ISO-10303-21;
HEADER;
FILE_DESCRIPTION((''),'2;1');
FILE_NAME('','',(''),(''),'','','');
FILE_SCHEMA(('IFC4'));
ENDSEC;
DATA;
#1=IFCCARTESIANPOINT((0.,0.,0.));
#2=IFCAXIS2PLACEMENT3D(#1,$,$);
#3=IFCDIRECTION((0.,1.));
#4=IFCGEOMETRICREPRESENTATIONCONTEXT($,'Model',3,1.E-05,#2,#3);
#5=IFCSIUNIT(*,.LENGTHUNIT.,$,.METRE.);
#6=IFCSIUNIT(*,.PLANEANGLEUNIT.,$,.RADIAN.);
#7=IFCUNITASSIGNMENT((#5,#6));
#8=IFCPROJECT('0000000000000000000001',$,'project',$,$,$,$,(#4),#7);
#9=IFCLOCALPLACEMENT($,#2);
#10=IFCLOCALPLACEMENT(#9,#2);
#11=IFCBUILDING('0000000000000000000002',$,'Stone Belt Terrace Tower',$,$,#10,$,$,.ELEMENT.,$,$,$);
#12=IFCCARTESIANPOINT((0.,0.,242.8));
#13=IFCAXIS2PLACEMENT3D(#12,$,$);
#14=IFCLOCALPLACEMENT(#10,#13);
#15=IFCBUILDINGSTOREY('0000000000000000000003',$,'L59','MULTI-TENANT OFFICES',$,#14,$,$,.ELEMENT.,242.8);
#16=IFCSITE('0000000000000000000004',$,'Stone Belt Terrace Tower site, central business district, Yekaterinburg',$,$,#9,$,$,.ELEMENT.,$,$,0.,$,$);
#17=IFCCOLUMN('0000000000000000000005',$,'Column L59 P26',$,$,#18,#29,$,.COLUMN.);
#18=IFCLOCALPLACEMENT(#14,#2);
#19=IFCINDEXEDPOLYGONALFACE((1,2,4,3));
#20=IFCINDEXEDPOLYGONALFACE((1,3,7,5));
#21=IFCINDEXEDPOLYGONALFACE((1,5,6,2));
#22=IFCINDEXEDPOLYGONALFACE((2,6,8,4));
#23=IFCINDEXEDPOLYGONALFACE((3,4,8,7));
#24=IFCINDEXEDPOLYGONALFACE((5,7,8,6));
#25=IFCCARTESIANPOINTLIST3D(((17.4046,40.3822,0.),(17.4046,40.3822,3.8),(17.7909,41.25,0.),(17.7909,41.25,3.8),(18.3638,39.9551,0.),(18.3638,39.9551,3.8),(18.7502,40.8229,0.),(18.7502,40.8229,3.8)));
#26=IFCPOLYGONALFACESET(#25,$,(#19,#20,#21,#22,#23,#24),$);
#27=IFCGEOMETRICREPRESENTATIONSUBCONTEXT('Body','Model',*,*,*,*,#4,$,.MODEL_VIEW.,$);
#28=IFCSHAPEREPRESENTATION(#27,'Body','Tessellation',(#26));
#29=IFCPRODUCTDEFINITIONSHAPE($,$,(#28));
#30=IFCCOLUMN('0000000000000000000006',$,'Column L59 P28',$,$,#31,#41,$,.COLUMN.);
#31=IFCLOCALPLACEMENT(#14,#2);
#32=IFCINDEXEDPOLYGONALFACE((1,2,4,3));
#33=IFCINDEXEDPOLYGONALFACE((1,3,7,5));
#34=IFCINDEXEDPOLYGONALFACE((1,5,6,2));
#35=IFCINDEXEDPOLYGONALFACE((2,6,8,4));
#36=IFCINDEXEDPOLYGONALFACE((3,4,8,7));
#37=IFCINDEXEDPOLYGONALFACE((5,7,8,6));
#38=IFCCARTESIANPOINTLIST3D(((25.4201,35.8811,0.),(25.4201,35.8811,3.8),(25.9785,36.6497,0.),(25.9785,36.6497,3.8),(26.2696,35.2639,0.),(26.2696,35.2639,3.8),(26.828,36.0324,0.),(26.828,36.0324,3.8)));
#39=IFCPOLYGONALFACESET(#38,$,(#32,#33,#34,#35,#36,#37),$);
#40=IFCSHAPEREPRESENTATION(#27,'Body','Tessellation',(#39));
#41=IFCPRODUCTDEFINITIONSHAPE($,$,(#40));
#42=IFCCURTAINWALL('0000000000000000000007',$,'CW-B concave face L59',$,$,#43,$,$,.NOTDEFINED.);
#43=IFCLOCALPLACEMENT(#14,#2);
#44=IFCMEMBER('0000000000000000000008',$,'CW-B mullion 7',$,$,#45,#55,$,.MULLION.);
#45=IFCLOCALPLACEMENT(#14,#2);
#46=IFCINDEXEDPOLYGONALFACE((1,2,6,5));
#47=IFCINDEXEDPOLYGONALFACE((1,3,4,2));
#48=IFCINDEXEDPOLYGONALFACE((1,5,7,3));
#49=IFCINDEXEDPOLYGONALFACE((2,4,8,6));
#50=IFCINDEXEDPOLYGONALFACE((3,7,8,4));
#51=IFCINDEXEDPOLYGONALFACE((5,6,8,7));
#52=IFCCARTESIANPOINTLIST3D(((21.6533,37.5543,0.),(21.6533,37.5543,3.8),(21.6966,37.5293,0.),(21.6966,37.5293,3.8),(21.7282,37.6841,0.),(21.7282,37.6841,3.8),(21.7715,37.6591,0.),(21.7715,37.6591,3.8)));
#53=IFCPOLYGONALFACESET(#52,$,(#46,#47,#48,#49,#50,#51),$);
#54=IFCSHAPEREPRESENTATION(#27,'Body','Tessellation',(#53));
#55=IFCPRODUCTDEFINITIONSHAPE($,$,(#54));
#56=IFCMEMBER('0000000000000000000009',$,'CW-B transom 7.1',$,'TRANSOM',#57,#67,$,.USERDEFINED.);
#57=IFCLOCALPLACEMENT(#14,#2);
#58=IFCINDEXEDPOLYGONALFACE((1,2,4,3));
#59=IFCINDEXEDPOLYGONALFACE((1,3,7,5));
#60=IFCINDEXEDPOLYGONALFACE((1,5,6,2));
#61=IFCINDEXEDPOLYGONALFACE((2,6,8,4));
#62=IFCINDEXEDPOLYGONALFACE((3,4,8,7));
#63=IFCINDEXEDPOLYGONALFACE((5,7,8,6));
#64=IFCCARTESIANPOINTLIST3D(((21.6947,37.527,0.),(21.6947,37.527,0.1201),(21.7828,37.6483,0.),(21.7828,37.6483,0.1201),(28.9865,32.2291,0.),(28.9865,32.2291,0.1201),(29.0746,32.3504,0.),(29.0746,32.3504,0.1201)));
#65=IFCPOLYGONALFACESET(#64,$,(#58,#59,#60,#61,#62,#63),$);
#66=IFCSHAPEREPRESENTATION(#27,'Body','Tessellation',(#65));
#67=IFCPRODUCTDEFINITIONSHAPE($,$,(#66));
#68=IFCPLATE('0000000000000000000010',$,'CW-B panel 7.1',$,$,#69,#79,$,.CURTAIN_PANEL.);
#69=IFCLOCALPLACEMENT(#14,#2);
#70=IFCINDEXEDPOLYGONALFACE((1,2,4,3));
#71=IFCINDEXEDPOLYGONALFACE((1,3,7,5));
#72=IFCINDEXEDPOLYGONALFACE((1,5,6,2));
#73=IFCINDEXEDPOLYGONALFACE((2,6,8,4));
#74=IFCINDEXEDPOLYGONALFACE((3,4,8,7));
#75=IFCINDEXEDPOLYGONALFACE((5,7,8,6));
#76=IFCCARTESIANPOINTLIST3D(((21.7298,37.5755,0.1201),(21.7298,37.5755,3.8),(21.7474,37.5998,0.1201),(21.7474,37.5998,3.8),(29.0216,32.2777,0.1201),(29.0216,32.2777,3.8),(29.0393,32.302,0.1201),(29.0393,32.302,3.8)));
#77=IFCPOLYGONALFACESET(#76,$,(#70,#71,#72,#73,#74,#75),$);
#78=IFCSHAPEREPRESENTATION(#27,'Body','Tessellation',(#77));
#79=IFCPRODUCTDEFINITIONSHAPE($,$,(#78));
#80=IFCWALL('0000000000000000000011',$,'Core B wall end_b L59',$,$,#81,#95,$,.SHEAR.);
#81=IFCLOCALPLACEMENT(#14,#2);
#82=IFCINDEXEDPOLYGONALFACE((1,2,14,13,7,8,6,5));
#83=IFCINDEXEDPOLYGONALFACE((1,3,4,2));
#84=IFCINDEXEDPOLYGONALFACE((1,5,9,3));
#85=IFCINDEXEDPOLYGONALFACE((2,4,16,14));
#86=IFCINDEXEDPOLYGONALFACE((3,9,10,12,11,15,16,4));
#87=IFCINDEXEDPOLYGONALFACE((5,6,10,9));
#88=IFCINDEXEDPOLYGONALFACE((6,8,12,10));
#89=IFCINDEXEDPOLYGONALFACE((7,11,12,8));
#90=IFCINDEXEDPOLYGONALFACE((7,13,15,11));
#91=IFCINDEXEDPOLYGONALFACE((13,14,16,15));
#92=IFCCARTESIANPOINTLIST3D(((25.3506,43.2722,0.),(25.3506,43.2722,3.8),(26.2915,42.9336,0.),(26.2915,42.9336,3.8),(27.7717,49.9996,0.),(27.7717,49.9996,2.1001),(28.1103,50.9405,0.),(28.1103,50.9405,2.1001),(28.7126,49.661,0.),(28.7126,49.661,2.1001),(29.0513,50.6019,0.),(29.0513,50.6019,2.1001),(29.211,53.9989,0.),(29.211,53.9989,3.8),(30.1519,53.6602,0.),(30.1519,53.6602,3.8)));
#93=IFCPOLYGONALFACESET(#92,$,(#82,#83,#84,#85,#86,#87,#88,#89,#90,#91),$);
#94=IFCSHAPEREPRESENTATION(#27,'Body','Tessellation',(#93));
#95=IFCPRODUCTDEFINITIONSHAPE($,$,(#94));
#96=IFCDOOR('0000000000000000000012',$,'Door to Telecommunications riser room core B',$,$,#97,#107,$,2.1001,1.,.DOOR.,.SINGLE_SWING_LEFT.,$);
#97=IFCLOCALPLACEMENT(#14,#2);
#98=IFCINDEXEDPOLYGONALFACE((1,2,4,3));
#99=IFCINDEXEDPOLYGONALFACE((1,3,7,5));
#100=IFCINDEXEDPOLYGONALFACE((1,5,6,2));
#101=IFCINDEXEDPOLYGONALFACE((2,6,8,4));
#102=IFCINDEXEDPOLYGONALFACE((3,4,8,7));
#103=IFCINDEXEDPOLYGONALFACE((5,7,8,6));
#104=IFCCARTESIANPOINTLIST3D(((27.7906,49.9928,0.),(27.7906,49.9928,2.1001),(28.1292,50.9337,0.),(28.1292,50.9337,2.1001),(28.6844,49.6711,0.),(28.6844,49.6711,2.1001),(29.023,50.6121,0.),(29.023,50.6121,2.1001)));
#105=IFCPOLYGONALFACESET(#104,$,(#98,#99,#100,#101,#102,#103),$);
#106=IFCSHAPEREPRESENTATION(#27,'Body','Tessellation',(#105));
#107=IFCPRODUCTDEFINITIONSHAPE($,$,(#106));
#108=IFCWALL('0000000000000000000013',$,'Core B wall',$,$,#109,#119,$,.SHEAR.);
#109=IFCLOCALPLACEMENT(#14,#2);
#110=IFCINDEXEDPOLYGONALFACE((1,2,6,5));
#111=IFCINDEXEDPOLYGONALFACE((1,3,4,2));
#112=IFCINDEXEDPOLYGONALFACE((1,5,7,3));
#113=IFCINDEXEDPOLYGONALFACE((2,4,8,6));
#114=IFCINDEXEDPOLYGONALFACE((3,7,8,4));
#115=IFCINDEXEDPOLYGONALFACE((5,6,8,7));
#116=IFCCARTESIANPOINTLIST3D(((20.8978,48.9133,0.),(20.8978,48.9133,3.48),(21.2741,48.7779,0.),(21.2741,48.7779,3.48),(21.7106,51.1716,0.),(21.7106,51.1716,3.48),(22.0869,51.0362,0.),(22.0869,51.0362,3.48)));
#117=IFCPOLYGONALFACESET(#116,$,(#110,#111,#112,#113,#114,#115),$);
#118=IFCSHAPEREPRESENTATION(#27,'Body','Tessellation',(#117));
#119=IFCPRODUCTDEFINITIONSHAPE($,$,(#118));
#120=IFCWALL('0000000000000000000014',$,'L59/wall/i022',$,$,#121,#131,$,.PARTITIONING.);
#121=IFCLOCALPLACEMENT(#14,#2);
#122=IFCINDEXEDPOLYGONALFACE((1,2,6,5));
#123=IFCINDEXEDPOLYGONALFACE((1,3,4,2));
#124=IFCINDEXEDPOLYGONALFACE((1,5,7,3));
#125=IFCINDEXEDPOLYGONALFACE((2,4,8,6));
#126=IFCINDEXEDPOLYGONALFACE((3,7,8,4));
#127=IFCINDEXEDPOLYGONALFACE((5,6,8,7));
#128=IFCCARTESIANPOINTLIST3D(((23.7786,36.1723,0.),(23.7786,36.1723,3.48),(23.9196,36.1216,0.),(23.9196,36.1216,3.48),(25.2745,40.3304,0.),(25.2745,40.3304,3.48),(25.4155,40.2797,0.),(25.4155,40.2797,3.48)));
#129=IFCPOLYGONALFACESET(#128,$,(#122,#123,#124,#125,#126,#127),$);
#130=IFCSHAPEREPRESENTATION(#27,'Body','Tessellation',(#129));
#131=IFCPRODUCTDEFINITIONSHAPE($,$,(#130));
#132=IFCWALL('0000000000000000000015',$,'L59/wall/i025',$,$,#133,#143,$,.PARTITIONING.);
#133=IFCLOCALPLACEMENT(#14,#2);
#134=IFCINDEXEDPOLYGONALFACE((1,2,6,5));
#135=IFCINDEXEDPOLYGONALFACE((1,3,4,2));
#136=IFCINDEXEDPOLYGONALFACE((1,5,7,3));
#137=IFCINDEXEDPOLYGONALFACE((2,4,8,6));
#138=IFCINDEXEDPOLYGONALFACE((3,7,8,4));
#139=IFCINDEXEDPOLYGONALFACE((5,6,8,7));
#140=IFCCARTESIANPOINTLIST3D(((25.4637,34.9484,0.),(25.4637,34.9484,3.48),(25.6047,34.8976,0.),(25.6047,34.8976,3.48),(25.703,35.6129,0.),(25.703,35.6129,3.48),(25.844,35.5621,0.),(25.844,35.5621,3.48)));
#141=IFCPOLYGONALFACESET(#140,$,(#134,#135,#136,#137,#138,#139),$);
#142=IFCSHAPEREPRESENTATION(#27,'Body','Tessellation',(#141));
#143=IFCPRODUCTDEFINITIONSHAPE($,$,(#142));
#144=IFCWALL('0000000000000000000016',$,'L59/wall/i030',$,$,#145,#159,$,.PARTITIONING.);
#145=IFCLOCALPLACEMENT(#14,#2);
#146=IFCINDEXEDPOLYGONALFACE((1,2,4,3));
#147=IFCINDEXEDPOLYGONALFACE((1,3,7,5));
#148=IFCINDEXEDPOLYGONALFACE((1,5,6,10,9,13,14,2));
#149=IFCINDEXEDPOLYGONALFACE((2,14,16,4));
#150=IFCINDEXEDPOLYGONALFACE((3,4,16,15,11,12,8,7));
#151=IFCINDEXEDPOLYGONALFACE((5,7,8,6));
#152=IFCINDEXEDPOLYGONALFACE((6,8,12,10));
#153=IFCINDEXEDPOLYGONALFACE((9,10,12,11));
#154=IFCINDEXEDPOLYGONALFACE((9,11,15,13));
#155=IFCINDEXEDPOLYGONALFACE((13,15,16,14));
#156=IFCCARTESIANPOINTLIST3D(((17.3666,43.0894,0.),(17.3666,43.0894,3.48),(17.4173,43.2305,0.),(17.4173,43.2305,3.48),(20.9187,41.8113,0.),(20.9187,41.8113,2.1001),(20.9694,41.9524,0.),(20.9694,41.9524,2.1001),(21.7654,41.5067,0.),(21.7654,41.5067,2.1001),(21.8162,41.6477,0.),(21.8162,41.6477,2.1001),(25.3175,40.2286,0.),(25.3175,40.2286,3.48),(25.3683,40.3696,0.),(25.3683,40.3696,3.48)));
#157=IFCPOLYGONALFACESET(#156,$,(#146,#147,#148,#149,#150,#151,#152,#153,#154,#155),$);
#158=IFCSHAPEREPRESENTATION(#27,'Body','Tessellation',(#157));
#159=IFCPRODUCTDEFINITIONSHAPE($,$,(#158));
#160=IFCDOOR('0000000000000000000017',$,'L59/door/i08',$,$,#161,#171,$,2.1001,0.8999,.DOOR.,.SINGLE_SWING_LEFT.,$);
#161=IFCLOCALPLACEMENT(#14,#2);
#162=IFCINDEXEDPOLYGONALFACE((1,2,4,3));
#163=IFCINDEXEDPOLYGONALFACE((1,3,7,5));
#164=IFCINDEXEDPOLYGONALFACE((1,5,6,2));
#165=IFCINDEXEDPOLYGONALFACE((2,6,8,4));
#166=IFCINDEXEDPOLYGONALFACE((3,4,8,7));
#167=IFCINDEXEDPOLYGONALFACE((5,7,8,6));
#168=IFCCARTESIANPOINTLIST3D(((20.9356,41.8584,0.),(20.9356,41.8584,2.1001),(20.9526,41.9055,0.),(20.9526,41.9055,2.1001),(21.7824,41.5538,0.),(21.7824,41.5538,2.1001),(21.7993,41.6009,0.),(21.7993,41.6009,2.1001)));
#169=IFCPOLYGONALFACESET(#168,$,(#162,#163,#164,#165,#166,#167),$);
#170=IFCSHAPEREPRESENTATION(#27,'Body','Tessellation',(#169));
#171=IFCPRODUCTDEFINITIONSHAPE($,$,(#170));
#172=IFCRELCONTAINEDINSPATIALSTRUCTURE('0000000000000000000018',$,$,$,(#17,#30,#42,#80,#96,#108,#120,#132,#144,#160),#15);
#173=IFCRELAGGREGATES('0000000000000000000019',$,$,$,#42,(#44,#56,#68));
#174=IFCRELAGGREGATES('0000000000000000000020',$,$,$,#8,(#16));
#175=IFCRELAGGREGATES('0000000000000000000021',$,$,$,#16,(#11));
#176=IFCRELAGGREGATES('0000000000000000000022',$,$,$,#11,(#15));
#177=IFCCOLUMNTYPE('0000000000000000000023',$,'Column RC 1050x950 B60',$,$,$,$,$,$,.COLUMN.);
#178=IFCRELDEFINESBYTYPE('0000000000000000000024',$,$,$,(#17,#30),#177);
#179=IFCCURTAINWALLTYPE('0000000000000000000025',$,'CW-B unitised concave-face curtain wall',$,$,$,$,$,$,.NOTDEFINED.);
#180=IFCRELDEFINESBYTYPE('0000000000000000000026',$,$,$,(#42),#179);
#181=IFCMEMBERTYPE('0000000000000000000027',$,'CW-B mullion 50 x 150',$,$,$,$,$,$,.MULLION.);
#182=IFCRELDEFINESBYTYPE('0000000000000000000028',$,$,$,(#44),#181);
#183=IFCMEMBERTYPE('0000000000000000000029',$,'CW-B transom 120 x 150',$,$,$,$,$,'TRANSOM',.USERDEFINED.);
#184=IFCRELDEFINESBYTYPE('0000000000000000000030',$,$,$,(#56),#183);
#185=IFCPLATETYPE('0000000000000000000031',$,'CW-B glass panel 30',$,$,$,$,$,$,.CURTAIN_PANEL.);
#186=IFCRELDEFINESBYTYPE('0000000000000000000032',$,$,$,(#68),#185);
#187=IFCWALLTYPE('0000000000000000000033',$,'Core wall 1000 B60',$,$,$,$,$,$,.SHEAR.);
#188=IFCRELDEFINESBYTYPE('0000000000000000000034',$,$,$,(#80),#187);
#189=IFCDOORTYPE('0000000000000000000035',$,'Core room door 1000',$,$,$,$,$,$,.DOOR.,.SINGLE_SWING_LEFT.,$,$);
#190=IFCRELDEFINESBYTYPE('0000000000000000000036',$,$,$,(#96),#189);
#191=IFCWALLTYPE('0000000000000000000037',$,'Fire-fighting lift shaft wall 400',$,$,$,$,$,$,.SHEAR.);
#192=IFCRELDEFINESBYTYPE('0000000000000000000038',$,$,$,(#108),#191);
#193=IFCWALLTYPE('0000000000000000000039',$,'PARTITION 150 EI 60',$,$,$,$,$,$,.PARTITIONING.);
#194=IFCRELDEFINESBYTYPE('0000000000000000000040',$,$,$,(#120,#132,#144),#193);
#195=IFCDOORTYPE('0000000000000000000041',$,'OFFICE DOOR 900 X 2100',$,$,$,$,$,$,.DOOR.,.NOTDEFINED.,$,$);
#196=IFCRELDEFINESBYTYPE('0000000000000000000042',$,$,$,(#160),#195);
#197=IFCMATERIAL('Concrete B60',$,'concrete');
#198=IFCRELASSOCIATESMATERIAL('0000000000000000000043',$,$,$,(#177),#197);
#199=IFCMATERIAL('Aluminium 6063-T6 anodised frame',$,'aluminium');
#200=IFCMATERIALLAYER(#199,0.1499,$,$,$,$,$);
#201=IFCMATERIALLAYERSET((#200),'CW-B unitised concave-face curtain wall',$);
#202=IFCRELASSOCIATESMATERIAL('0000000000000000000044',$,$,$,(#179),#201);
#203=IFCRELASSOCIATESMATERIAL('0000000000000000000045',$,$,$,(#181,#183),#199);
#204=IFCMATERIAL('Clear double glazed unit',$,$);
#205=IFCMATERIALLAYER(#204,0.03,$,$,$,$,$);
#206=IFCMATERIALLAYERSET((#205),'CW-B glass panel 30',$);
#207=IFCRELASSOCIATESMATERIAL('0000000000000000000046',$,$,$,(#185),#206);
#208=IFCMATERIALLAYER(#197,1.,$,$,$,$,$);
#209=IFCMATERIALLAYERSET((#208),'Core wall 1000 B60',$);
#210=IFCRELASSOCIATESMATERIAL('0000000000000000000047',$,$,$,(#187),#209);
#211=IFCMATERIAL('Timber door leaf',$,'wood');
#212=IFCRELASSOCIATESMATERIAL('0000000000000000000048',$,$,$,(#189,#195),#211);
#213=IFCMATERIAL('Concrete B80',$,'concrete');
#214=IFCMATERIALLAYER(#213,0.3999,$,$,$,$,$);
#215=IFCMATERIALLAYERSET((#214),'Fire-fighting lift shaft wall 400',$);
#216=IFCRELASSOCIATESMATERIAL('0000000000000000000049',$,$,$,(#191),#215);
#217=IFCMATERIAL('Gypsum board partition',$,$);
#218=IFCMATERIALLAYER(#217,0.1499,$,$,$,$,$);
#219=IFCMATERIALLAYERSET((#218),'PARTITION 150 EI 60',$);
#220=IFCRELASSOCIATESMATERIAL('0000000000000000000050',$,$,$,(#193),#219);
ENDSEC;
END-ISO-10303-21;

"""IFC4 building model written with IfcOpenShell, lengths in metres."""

from ifc_helpers import new_model, si_unit, direction, frame, frame_2d, origin, origin_2d, place, context, subcontext, project, spatial, rectangle, extrude, material, layer, layer_set, material_profile, profile_set, type_object, element, fill, aggregate, save


model = new_model("IFC4")

# Units and contexts
model_context = context("Model", 3, precision=1e-05, world=origin(), true_north=direction((0.0, 1.0)))
body_context = subcontext(model_context, "Body", "Model", "MODEL_VIEW")
ifc_project = project(units=[si_unit("LENGTHUNIT", "METRE"), si_unit("PLANEANGLEUNIT", "RADIAN")], contexts=[model_context])

# Site, building, storey
site_placement = place(None, origin())
site = spatial("IfcSite", under=ifc_project, at=site_placement, Name="Stone Belt Terrace Tower site, central business district, Yekaterinburg", CompositionType="ELEMENT", RefElevation=0.0)
building_placement = place(site_placement, origin())
building = spatial("IfcBuilding", under=site, at=building_placement, Name="Stone Belt Terrace Tower", CompositionType="ELEMENT")
storey_placement = place(building_placement, frame((0.0, 0.0, 242.8)))
storey = spatial("IfcBuildingStorey", under=building, at=storey_placement, Name="L59", Description="MULTI-TENANT OFFICES", CompositionType="ELEMENT", Elevation=242.8)

# Columns
ifc_material_1 = material(Name="Concrete B60", Category="concrete")
ifc_material_profile_1 = material_profile(ifc_material_1, rectangle(XDim=1.05, YDim=0.95, at=origin_2d()), Name="RC 1050x950")
ifc_profile_set_1 = profile_set([ifc_material_profile_1], Name="Concrete B60")
column_type = type_object("IfcColumnType", Name="Column RC 1050x950 B60", PredefinedType="COLUMN", material=ifc_profile_set_1)
for number, where, z_axis, x_axis, name in (
    (1, (18.0774, 40.6025, 0.0), (0.0, 0.0, 1.0), (0.913545, -0.406737, 0.0), "Column L59 P26"),
    (2, (26.124, 35.9568, 0.0), (0.0, 0.0, 1.0), (0.809017, -0.587785, 0.0), "Column L59 P28"),
):
    element("IfcColumn", number, at=place(storey_placement, frame(where, z_axis=z_axis, x_axis=x_axis)), inside=storey, type_object=column_type, Name=name, PredefinedType="COLUMN", context=body_context, shape_type="SweptSolid", body=[
        extrude(rectangle(XDim=1.05, YDim=0.95, at=origin_2d()), origin(), (0.0, 0.0, 1.0), 3.8),
    ])

# Curtain wall, members, plate
ifc_material_2 = material(Name="Aluminium 6063-T6 anodised frame", Category="aluminium")
ifc_layer_1 = layer(ifc_material_2, 0.1499)
ifc_layer_set_1 = layer_set([ifc_layer_1], Name="CW-B unitised concave-face curtain wall")
curtain_wall_type = type_object("IfcCurtainWallType", Name="CW-B unitised concave-face curtain wall", PredefinedType="NOTDEFINED", material=ifc_layer_set_1)
curtain_wall_placement = place(storey_placement, origin())
curtain_wall = element("IfcCurtainWall", 3, at=curtain_wall_placement, inside=storey, type_object=curtain_wall_type, Name="CW-B concave face L59", PredefinedType="NOTDEFINED")
ifc_material_profile_2 = material_profile(ifc_material_2, rectangle(XDim=0.1499, YDim=0.05, at=origin_2d()), Name="Aluminium 6063-T6 50x150")
ifc_profile_set_2 = profile_set([ifc_material_profile_2], Name="Aluminium 6063-T6 anodised frame")
member_type_1 = type_object("IfcMemberType", Name="CW-B mullion 50 x 150", PredefinedType="MULLION", material=ifc_profile_set_2)
member_1_placement = place(storey_placement, frame((21.7124, 37.6067, 0.0), z_axis=(0.0, 0.0, 1.0), x_axis=(0.5, 0.866025, 0.0)))
member_1 = element("IfcMember", 4, at=member_1_placement, type_object=member_type_1, Name="CW-B mullion 7", PredefinedType="MULLION", context=body_context, shape_type="SweptSolid", body=[
    extrude(rectangle(XDim=0.1499, YDim=0.05, at=origin_2d()), origin(), (0.0, 0.0, 1.0), 3.8),
])
ifc_material_profile_3 = material_profile(ifc_material_2, rectangle(XDim=0.1499, YDim=0.1201, at=origin_2d()), Name="Aluminium 6063-T6 150x120")
ifc_profile_set_3 = profile_set([ifc_material_profile_3], Name="Aluminium 6063-T6 anodised frame")
member_type_2 = type_object("IfcMemberType", Name="CW-B transom 120 x 150", ElementType="TRANSOM", PredefinedType="USERDEFINED", material=ifc_profile_set_3)
member_2_placement = place(storey_placement, frame((21.7388, 37.5876, 0.0601), z_axis=(0.809012, -0.587792, 0.0), x_axis=(0.587792, 0.809012, 0.0)))
member_2 = element("IfcMember", 5, at=member_2_placement, type_object=member_type_2, Name="CW-B transom 7.1", ObjectType="TRANSOM", PredefinedType="USERDEFINED", context=body_context, shape_type="SweptSolid", body=[
    extrude(rectangle(XDim=0.1499, YDim=0.1201, at=origin_2d()), origin(), (0.0, 0.0, 1.0), 9.0132),
])
ifc_material_3 = material(Name="Clear double glazed unit")
ifc_layer_2 = layer(ifc_material_3, 0.03)
ifc_layer_set_2 = layer_set([ifc_layer_2], Name="CW-B glass panel 30")
plate_type = type_object("IfcPlateType", Name="CW-B glass panel 30", PredefinedType="CURTAIN_PANEL", material=ifc_layer_set_2)
plate_placement = place(storey_placement, frame((25.3845, 34.9387, 0.1201), z_axis=(0.0, 0.0, 1.0), x_axis=(0.809017, -0.587785, 0.0)))
plate = element("IfcPlate", 6, at=plate_placement, type_object=plate_type, Name="CW-B panel 7.1", PredefinedType="CURTAIN_PANEL", context=body_context, shape_type="SweptSolid", body=[
    extrude(rectangle(XDim=9.0132, YDim=0.03, at=origin_2d()), origin(), (0.0, 0.0, 1.0), 3.6799),
])
aggregate(curtain_wall, [member_1, member_2, plate])

# Wall, opening, door
ifc_layer_3 = layer(ifc_material_1, 1.0)
ifc_layer_set_3 = layer_set([ifc_layer_3], Name="Core wall 1000 B60")
wall_type_1 = type_object("IfcWallType", Name="Core wall 1000 B60", PredefinedType="SHEAR", material=ifc_layer_set_3)
wall_1_placement = place(storey_placement, frame((25.821, 43.1028, 0.0), z_axis=(0.0, 0.0, 1.0), x_axis=(0.338625, 0.940921, 0.0)))
wall_1 = element("IfcWall", 7, at=wall_1_placement, inside=storey, type_object=wall_type_1, Name="Core B wall end_b L59", PredefinedType="SHEAR", context=body_context, shape_type="SweptSolid", body=[
    extrude(rectangle(XDim=11.4001, YDim=1.0, at=frame_2d((5.7002, 0.0))), origin(), (0.0, 0.0, 1.0), 3.8),
])
opening_1_placement = place(wall_1_placement, frame((7.1499, 0.0, 0.0)))
opening_1 = element("IfcOpeningElement", 8, at=opening_1_placement, cuts=wall_1, PredefinedType="OPENING", context=body_context, shape_type="SweptSolid", body=[
    extrude(rectangle(XDim=1.0, YDim=2.1001, at=frame_2d((0.5, 1.05))), frame((0.0, 0.51, 0.0), z_axis=(0.0, -1.0, 0.0), x_axis=(1.0, 0.0, 0.0)), (0.0, 0.0, 1.0), 1.02),
])
ifc_material_4 = material(Name="Timber door leaf", Category="wood")
door_type_1 = type_object("IfcDoorType", Name="Core room door 1000", OperationType="SINGLE_SWING_LEFT", PredefinedType="DOOR", material=ifc_material_4)
door_1_placement = place(opening_1_placement, origin())
door_1 = element("IfcDoor", 9, at=door_1_placement, inside=storey, type_object=door_type_1, Name="Door to Telecommunications riser room core B", OperationType="SINGLE_SWING_LEFT", OverallHeight=2.1001, OverallWidth=1.0, PredefinedType="DOOR", context=body_context, shape_type="SweptSolid", body=[
    extrude(rectangle(XDim=1.0, YDim=2.1001, at=frame_2d((0.5, 1.05))), frame((0.0, 0.48, 0.0), z_axis=(0.0, -1.0, 0.0), x_axis=(1.0, 0.0, 0.0)), (0.0, 0.0, 1.0), 0.95),
])
fill(opening_1, door_1)

# Walls
ifc_material_5 = material(Name="Concrete B80", Category="concrete")
ifc_layer_4 = layer(ifc_material_5, 0.3999)
ifc_layer_set_4 = layer_set([ifc_layer_4], Name="Fire-fighting lift shaft wall 400")
wall_type_2 = type_object("IfcWallType", Name="Fire-fighting lift shaft wall 400", PredefinedType="SHEAR", material=ifc_layer_set_4)
wall_2_placement = place(storey_placement, frame((21.0859, 48.8455, 0.0), z_axis=(0.0, 0.0, 1.0), x_axis=(0.338629, 0.94092, 0.0)))
element("IfcWall", 10, at=wall_2_placement, inside=storey, type_object=wall_type_2, Name="Core B wall", PredefinedType="SHEAR", context=body_context, shape_type="SweptSolid", body=[
    extrude(rectangle(XDim=2.4001, YDim=0.3999, at=frame_2d((1.2002, 0.0))), origin(), (0.0, 0.0, 1.0), 3.48),
])
ifc_material_6 = material(Name="Gypsum board partition")
ifc_layer_5 = layer(ifc_material_6, 0.1499)
ifc_layer_set_5 = layer_set([ifc_layer_5], Name="PARTITION 150 EI 60")
wall_type_3 = type_object("IfcWallType", Name="PARTITION 150 EI 60", PredefinedType="PARTITIONING", material=ifc_layer_set_5)
wall_3_placement = place(storey_placement, frame((23.8491, 36.147, 0.0), z_axis=(0.0, 0.0, 1.0), x_axis=(0.338516, 0.940961, 0.0)))
element("IfcWall", 11, at=wall_3_placement, inside=storey, type_object=wall_type_3, Name="L59/wall/i022", PredefinedType="PARTITIONING", context=body_context, shape_type="SweptSolid", body=[
    extrude(rectangle(XDim=4.4189, YDim=0.1499, at=frame_2d((2.2095, 0.0))), origin(), (0.0, 0.0, 1.0), 3.48),
])
wall_4_placement = place(storey_placement, frame((25.7734, 35.5874, 0.0), z_axis=(0.0, 0.0, 1.0), x_axis=(-0.338744, -0.940879, 0.0)))
element("IfcWall", 12, at=wall_4_placement, inside=storey, type_object=wall_type_3, Name="L59/wall/i025", PredefinedType="PARTITIONING", context=body_context, shape_type="SweptSolid", body=[
    extrude(rectangle(XDim=0.7063, YDim=0.1499, at=frame_2d((0.353, 0.0))), origin(), (0.0, 0.0, 1.0), 3.48),
])

# Wall, opening, door
wall_5_placement = place(storey_placement, frame((25.343, 40.2991, 0.0), z_axis=(0.0, 0.0, 1.0), x_axis=(-0.940944, 0.338563, 0.0)))
wall_5 = element("IfcWall", 13, at=wall_5_placement, inside=storey, type_object=wall_type_3, Name="L59/wall/i030", PredefinedType="PARTITIONING", context=body_context, shape_type="SweptSolid", body=[
    extrude(rectangle(XDim=8.45, YDim=0.1499, at=frame_2d((4.2251, 0.0))), origin(), (0.0, 0.0, 1.0), 3.48),
])
opening_2_placement = place(wall_5_placement, frame((3.7751, 0.0, 0.0)))
opening_2 = element("IfcOpeningElement", 14, at=opening_2_placement, cuts=wall_5, PredefinedType="OPENING", context=body_context, shape_type="SweptSolid", body=[
    extrude(rectangle(XDim=0.8999, YDim=2.1001, at=frame_2d((0.45, 1.05))), frame((0.0, 0.085, 0.0), z_axis=(0.0, -1.0, 0.0), x_axis=(1.0, 0.0, 0.0)), (0.0, 0.0, 1.0), 0.1699),
])
door_type_2 = type_object("IfcDoorType", Name="OFFICE DOOR 900 X 2100", OperationType="NOTDEFINED", PredefinedType="DOOR", material=ifc_material_4)
door_2_placement = place(opening_2_placement, origin())
door_2 = element("IfcDoor", 15, at=door_2_placement, inside=storey, type_object=door_type_2, Name="L59/door/i08", OperationType="SINGLE_SWING_LEFT", OverallHeight=2.1001, OverallWidth=0.8999, PredefinedType="DOOR", context=body_context, shape_type="SweptSolid", body=[
    extrude(rectangle(XDim=0.8999, YDim=2.1001, at=frame_2d((0.45, 1.05))), frame((0.0, 0.0249, 0.0), z_axis=(0.0, -1.0, 0.0), x_axis=(1.0, 0.0, 0.0)), (0.0, 0.0, 1.0), 0.05),
])
fill(opening_2, door_2)

save(model, "model.ifc")
